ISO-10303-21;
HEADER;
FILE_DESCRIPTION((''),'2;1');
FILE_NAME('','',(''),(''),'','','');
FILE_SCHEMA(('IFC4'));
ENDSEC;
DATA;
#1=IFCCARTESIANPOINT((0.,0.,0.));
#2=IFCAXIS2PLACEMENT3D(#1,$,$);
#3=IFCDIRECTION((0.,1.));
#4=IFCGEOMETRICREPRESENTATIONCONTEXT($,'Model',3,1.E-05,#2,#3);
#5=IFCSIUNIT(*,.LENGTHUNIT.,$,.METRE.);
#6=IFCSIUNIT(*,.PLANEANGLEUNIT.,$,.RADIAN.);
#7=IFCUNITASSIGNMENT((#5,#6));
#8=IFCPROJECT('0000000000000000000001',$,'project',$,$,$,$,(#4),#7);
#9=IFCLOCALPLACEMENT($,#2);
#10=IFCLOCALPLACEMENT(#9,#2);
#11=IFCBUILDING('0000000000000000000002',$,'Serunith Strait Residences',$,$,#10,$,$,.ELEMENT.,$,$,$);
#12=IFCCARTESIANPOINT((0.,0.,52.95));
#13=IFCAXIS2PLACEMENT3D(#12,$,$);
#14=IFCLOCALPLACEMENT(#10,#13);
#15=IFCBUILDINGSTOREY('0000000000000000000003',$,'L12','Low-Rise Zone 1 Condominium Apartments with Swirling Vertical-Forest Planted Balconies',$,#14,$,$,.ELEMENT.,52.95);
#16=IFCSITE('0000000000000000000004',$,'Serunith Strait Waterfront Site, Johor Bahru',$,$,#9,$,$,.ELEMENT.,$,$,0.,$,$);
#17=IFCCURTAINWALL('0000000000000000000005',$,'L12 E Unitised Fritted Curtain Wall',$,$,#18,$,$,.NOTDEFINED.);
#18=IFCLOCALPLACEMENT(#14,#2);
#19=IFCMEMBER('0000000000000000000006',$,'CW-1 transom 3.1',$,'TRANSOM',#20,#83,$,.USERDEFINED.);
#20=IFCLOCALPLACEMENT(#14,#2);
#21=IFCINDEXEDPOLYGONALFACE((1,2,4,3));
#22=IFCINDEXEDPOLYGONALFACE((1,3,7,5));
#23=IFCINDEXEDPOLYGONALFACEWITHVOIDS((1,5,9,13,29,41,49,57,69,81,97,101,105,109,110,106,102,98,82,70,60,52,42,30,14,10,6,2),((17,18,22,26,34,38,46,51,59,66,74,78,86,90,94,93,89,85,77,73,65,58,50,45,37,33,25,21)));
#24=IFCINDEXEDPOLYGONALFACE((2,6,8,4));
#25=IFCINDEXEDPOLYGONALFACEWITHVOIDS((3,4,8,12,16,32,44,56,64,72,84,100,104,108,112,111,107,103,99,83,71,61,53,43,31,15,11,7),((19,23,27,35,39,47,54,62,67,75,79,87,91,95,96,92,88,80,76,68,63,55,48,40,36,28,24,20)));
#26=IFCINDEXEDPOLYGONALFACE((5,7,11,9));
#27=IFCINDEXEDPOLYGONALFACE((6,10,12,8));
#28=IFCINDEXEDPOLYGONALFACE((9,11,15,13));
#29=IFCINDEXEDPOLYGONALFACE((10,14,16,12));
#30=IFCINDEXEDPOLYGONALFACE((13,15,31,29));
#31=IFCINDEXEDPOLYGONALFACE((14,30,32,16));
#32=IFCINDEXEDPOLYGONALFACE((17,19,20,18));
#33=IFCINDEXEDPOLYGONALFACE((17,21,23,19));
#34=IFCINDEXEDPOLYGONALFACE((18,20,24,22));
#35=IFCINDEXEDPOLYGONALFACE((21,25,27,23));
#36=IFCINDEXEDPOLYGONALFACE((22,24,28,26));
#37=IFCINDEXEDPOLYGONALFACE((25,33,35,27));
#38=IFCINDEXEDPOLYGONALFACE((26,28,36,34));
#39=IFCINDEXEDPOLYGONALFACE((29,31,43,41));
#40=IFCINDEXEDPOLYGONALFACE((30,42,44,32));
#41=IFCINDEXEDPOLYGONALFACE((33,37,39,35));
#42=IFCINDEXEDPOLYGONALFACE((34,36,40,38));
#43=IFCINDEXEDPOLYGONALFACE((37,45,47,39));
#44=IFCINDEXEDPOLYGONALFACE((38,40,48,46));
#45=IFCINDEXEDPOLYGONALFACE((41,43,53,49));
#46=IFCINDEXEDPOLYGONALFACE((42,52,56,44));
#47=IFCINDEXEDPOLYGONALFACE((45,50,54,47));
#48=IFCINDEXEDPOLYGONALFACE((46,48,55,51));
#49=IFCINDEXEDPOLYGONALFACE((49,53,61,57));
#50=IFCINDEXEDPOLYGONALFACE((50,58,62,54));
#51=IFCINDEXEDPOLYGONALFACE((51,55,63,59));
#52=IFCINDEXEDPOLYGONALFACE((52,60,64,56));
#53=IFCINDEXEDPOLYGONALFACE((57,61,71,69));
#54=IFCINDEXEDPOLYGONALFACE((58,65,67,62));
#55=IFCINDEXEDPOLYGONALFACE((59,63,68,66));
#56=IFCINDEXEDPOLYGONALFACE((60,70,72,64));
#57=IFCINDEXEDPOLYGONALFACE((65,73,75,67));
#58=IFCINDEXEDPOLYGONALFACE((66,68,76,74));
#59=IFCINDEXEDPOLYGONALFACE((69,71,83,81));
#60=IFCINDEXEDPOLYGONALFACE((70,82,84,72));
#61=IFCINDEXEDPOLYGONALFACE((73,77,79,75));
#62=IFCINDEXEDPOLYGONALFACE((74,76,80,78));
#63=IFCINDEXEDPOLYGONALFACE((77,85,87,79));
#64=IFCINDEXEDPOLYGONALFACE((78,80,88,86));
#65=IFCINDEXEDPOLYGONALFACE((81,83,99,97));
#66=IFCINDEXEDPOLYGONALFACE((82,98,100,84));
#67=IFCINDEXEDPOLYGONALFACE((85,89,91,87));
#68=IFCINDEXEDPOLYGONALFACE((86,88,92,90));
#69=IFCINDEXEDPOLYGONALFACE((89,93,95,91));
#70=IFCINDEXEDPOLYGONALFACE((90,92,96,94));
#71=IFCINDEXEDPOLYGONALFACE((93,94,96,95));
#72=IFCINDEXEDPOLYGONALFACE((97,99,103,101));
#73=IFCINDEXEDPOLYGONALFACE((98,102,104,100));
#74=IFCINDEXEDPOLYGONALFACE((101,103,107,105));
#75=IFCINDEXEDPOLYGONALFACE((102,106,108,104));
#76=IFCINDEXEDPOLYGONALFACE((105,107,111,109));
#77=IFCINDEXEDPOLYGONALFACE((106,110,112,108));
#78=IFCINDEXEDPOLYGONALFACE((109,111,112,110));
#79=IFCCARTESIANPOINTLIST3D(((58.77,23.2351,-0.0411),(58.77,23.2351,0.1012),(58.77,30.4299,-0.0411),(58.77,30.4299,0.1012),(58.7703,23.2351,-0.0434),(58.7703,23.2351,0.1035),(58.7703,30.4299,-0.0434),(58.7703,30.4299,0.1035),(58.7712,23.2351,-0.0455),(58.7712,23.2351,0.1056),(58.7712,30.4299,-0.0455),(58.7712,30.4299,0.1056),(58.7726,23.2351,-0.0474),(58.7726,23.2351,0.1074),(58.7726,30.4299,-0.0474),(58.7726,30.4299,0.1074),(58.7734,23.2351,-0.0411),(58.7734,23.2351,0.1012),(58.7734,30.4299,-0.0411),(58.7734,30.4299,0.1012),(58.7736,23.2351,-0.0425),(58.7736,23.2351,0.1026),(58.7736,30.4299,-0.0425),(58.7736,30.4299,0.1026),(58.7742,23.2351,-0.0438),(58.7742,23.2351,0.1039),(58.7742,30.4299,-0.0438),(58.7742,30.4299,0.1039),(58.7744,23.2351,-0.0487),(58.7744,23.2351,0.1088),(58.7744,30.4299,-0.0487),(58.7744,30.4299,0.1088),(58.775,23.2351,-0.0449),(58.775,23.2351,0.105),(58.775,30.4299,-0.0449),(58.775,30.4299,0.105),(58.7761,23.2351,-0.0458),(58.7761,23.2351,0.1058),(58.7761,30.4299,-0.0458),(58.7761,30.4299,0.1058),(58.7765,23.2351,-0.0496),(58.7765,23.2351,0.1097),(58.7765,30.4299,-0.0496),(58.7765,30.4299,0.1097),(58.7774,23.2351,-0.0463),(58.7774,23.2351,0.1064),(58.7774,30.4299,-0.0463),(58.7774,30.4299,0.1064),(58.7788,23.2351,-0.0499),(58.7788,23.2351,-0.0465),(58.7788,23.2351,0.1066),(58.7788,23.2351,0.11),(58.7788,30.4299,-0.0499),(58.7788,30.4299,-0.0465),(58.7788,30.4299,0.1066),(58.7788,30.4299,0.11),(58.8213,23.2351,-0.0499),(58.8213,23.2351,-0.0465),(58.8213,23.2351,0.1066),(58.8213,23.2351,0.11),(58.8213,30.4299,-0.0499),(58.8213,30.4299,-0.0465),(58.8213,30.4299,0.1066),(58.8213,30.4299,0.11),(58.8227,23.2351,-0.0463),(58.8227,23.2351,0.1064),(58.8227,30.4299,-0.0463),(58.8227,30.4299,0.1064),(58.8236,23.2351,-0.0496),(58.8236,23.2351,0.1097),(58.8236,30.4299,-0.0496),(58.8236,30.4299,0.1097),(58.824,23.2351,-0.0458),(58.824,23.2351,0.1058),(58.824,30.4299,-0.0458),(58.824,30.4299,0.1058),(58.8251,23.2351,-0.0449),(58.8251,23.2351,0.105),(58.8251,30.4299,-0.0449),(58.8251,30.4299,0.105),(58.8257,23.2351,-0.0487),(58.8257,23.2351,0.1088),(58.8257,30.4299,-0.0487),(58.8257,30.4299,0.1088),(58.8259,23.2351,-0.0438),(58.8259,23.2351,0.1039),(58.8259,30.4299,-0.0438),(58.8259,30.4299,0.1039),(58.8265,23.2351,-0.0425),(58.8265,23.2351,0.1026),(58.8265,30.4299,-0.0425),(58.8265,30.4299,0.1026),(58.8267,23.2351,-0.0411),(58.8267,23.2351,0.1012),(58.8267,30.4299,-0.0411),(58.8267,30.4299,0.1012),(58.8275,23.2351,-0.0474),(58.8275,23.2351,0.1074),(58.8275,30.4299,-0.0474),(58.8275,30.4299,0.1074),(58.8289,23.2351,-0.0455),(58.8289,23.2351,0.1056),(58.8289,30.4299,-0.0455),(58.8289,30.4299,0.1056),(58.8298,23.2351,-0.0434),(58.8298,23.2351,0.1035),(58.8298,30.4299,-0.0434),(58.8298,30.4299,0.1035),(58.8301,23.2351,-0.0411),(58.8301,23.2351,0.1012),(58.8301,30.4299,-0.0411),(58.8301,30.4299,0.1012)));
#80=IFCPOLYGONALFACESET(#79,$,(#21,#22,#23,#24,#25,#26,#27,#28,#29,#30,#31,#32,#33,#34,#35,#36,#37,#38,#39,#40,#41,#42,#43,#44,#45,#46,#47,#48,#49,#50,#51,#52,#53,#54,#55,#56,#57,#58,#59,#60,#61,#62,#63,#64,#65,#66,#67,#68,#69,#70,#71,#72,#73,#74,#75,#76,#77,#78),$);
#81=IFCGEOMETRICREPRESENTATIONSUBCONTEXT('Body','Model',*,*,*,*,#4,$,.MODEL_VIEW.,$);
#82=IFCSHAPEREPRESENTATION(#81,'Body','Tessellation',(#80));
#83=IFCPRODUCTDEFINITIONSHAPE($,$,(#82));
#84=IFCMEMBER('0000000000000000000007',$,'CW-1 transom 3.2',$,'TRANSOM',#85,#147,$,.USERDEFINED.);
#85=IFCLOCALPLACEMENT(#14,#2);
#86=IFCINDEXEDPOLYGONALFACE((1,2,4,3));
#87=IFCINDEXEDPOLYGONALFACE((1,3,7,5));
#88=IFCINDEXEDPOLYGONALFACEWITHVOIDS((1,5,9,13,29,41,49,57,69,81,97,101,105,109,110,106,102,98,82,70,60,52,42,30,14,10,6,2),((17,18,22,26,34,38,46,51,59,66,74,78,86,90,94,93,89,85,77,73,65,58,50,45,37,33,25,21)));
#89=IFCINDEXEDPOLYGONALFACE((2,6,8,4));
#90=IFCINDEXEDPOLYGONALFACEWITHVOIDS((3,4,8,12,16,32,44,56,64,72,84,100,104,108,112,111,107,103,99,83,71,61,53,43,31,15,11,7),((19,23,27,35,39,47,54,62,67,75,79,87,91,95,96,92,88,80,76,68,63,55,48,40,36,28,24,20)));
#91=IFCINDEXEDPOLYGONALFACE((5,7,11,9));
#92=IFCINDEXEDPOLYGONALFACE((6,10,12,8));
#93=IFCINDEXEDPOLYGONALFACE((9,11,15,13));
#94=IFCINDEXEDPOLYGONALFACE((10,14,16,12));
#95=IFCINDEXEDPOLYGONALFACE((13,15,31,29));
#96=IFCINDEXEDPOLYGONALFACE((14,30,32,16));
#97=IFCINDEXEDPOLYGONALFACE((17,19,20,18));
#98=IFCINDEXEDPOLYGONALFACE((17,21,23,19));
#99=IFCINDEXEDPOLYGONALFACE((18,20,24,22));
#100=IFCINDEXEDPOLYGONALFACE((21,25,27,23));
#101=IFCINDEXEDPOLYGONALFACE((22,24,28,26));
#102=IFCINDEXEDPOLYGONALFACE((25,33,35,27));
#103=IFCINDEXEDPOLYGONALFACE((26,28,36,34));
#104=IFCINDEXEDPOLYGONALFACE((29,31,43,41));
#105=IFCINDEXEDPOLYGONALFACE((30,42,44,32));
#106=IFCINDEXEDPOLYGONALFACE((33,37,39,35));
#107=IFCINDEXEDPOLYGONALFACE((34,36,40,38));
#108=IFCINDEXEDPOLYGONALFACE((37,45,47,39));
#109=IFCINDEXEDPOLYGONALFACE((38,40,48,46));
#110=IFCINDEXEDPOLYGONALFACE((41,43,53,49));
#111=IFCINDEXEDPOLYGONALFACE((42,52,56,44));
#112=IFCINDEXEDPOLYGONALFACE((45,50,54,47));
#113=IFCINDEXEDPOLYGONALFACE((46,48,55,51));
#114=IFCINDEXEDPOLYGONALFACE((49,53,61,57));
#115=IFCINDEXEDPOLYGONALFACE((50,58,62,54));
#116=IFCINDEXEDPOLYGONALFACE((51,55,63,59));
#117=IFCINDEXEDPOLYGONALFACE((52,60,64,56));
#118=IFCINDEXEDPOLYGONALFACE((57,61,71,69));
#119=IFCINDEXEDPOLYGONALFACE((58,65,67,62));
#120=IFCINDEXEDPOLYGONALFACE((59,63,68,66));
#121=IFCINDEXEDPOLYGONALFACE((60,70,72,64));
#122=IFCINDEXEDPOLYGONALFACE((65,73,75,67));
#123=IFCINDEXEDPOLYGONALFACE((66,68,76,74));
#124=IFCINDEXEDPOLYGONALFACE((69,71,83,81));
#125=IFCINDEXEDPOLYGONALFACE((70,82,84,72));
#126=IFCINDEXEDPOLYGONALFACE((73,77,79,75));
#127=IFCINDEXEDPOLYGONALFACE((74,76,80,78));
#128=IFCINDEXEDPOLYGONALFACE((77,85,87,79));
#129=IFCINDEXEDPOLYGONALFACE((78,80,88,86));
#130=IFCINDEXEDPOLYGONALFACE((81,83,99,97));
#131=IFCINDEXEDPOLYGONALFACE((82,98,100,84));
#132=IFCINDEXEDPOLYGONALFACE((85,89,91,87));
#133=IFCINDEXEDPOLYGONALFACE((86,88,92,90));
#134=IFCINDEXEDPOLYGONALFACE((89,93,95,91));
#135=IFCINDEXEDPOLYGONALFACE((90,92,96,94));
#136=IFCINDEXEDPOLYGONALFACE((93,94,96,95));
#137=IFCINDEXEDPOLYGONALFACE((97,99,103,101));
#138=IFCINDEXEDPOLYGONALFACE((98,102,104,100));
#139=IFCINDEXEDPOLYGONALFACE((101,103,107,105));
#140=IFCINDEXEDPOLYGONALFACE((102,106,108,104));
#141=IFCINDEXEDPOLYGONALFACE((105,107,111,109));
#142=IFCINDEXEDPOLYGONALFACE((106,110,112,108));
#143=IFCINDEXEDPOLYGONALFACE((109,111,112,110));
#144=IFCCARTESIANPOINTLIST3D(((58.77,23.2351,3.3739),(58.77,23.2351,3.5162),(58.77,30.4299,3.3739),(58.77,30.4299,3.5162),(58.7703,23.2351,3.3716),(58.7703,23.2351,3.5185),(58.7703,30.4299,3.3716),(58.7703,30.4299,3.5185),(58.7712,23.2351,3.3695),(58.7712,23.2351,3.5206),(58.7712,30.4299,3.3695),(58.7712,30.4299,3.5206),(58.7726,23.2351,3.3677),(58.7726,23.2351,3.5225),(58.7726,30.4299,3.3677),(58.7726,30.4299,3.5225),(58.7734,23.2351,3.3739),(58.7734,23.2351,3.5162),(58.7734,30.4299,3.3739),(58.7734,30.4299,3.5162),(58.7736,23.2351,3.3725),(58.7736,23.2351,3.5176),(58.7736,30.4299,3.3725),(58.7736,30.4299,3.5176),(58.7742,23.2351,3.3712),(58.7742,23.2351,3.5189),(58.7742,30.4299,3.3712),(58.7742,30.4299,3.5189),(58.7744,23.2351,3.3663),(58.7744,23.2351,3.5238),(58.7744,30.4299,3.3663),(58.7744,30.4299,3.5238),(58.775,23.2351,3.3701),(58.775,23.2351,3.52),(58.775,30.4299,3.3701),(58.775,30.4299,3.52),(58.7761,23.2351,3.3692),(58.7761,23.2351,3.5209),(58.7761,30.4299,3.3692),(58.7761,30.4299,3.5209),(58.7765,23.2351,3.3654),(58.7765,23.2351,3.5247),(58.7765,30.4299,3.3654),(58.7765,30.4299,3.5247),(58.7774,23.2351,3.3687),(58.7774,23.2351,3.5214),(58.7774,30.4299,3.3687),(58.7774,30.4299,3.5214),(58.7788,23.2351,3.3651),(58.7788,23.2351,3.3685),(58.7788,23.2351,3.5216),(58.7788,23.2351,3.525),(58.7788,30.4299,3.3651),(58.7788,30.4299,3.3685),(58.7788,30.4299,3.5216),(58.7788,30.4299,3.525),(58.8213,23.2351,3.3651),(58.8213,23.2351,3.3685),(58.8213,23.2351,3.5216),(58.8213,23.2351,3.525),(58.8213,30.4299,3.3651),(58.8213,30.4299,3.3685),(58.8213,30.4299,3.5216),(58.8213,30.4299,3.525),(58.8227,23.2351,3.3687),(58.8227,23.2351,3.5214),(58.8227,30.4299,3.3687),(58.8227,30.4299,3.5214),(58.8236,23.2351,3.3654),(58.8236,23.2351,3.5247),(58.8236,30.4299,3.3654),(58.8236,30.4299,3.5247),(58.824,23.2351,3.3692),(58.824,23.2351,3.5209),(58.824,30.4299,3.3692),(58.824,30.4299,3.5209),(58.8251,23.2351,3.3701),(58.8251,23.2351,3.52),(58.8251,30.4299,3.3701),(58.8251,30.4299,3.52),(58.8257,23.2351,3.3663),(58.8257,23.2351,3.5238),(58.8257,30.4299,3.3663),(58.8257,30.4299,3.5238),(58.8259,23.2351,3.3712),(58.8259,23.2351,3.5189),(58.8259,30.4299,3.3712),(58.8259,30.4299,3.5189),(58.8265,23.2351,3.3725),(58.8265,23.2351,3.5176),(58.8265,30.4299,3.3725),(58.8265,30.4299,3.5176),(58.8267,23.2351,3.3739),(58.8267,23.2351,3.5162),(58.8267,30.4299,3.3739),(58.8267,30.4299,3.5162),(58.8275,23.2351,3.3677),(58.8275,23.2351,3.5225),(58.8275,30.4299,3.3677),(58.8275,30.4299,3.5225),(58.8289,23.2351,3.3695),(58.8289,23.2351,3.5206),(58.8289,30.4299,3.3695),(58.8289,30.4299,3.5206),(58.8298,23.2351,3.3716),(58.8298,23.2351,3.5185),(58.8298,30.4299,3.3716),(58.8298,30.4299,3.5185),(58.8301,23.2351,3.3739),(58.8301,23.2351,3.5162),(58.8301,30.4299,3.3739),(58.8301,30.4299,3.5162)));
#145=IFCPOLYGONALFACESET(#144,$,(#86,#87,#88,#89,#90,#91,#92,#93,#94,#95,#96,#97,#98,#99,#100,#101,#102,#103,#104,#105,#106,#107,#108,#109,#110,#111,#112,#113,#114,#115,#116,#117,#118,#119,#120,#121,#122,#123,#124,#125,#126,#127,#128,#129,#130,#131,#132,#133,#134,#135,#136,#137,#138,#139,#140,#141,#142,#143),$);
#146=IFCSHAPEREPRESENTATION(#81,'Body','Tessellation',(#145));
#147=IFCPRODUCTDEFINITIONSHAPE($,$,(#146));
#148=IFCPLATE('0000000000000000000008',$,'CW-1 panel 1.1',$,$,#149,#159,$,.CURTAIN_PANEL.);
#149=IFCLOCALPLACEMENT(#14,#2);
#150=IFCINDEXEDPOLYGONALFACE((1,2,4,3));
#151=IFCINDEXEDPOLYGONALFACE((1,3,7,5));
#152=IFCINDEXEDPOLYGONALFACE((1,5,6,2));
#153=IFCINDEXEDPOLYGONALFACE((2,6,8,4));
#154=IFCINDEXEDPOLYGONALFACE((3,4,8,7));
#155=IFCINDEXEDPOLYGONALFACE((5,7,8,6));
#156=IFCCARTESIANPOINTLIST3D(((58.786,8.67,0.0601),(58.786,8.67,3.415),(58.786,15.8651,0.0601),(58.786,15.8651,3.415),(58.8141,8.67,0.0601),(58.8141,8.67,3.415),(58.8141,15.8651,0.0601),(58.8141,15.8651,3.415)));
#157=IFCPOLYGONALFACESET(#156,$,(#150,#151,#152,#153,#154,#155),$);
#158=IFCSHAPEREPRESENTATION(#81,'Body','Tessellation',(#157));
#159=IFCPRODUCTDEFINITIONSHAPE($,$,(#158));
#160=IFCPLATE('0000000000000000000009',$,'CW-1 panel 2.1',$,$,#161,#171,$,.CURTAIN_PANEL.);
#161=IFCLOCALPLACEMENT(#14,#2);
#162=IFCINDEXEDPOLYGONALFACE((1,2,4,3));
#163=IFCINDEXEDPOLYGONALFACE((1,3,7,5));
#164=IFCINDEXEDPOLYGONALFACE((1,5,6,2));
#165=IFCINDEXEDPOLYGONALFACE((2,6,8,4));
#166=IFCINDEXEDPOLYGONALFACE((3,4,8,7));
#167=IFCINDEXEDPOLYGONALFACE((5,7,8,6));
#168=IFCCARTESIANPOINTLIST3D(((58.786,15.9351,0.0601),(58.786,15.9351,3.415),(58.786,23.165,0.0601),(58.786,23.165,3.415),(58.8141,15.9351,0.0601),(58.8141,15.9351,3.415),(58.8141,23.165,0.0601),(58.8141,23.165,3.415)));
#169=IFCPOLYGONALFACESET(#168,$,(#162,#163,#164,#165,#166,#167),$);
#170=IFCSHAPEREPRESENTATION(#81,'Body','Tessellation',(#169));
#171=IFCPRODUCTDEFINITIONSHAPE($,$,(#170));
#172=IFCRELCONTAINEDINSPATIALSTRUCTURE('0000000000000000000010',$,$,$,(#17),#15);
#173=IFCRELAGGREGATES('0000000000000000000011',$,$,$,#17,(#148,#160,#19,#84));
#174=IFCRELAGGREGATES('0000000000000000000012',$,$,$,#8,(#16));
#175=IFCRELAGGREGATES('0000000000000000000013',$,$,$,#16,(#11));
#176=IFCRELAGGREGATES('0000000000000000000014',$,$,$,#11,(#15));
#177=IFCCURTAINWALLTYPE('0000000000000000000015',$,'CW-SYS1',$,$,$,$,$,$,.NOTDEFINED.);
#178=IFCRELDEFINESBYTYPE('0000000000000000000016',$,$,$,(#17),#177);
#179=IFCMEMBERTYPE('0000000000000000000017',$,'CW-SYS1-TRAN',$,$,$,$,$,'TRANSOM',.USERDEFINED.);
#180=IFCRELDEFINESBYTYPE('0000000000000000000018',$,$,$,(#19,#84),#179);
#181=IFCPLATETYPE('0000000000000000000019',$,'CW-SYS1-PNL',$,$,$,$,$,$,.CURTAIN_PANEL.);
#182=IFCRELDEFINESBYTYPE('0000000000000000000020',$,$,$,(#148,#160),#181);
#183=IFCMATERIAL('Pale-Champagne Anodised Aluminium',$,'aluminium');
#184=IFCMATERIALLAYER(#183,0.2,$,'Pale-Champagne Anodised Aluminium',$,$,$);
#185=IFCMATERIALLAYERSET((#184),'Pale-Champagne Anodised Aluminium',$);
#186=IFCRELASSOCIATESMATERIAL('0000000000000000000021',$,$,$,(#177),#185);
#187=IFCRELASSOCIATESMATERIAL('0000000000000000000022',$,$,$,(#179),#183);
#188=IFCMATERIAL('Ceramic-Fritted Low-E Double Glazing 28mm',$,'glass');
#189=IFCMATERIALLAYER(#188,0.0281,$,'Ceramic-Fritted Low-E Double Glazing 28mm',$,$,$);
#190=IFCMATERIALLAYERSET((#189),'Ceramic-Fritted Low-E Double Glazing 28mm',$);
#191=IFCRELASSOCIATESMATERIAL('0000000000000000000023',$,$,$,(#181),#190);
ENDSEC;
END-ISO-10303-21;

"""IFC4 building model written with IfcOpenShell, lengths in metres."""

from ifc_helpers import new_model, si_unit, direction, frame, origin, origin_2d, place, context, subcontext, project, spatial, rectangle, hollow_rectangle, extrude, source, transform, mapped, material, layer, layer_set, material_profile, profile_set, type_object, element, aggregate, save


model = new_model("IFC4")

# Units and contexts
model_context = context("Model", 3, precision=1e-05, world=origin(), true_north=direction((0.0, 1.0)))
body_context = subcontext(model_context, "Body", "Model", "MODEL_VIEW")
ifc_project = project(units=[si_unit("LENGTHUNIT", "METRE"), si_unit("PLANEANGLEUNIT", "RADIAN")], contexts=[model_context])

# Site, building, storey
site_placement = place(None, origin())
site = spatial("IfcSite", under=ifc_project, at=site_placement, Name="Serunith Strait Waterfront Site, Johor Bahru", CompositionType="ELEMENT", RefElevation=0.0)
building_placement = place(site_placement, origin())
building = spatial("IfcBuilding", under=site, at=building_placement, Name="Serunith Strait Residences", CompositionType="ELEMENT")
storey_placement = place(building_placement, frame((0.0, 0.0, 52.95)))
storey = spatial("IfcBuildingStorey", under=building, at=storey_placement, Name="L12", Description="Low-Rise Zone 1 Condominium Apartments with Swirling Vertical-Forest Planted Balconies", CompositionType="ELEMENT", Elevation=52.95)

# Curtain wall, members, plates
ifc_material_1 = material(Name="Pale-Champagne Anodised Aluminium", Category="aluminium")
ifc_layer_1 = layer(ifc_material_1, 0.2, Name="Pale-Champagne Anodised Aluminium")
ifc_layer_set_1 = layer_set([ifc_layer_1], Name="Pale-Champagne Anodised Aluminium")
curtain_wall_type = type_object("IfcCurtainWallType", Name="CW-SYS1", PredefinedType="NOTDEFINED", material=ifc_layer_set_1)
curtain_wall_placement = place(storey_placement, origin())
curtain_wall = element("IfcCurtainWall", 1, at=curtain_wall_placement, inside=storey, type_object=curtain_wall_type, Name="L12 E Unitised Fritted Curtain Wall", PredefinedType="NOTDEFINED")
ifc_material_profile_1 = material_profile(ifc_material_1, hollow_rectangle(XDim=0.0601, YDim=0.1599, WallThickness=0.0034, InnerFilletRadius=0.0054, OuterFilletRadius=0.0088, at=origin_2d()), Name="ALU 160x60x3.5")
ifc_profile_set_1 = profile_set([ifc_material_profile_1], Name="Pale-Champagne Anodised Aluminium")
member_type_1 = type_object("IfcMemberType", Name="CW-SYS1-TRAN", ElementType="TRANSOM", PredefinedType="USERDEFINED", material=ifc_profile_set_1)
shared_shape_1 = source(origin(), body_context, "Body", "SweptSolid", [
    extrude(hollow_rectangle(XDim=0.0601, YDim=0.1599, WallThickness=0.0034, InnerFilletRadius=0.0054, OuterFilletRadius=0.0088, at=origin_2d()), origin(), (0.0, 0.0, 1.0), 7.1948),
])
member_1_placement = place(storey_placement, frame((58.8, 23.2351, 0.03), z_axis=(0.0, 1.0, 0.0), x_axis=(-1.0, 0.0, 0.0)))
member_1 = element("IfcMember", 2, at=member_1_placement, type_object=member_type_1, Name="CW-1 transom 3.1", ObjectType="TRANSOM", PredefinedType="USERDEFINED", context=body_context, shape_type="MappedRepresentation", body=[
    mapped(shared_shape_1, transform((0.0, 0.0, 0.0), scale=1.0)),
])
member_2_placement = place(storey_placement, frame((58.8, 23.2351, 3.4451), z_axis=(0.0, 1.0, 0.0), x_axis=(-1.0, 0.0, 0.0)))
member_2 = element("IfcMember", 3, at=member_2_placement, type_object=member_type_1, Name="CW-1 transom 3.2", ObjectType="TRANSOM", PredefinedType="USERDEFINED", context=body_context, shape_type="MappedRepresentation", body=[
    mapped(shared_shape_1, transform((0.0, 0.0, 0.0), scale=1.0)),
])
ifc_material_2 = material(Name="Ceramic-Fritted Low-E Double Glazing 28mm", Category="glass")
ifc_layer_2 = layer(ifc_material_2, 0.0281, Name="Ceramic-Fritted Low-E Double Glazing 28mm")
ifc_layer_set_2 = layer_set([ifc_layer_2], Name="Ceramic-Fritted Low-E Double Glazing 28mm")
plate_type = type_object("IfcPlateType", Name="CW-SYS1-PNL", PredefinedType="CURTAIN_PANEL", material=ifc_layer_set_2)
shared_shape_2 = source(origin(), body_context, "Body", "SweptSolid", [
    extrude(rectangle(XDim=7.1951, YDim=0.0281, at=origin_2d()), origin(), (0.0, 0.0, 1.0), 3.355),
])
plate_1_placement = place(storey_placement, frame((58.8, 12.2676, 0.0601), z_axis=(0.0, 0.0, 1.0), x_axis=(0.0, 1.0, 0.0)))
plate_1 = element("IfcPlate", 4, at=plate_1_placement, type_object=plate_type, Name="CW-1 panel 1.1", PredefinedType="CURTAIN_PANEL", context=body_context, shape_type="MappedRepresentation", body=[
    mapped(shared_shape_2, transform((0.0, 0.0, 0.0), scale=1.0)),
])
shared_shape_3 = source(origin(), body_context, "Body", "SweptSolid", [
    extrude(rectangle(XDim=7.23, YDim=0.0281, at=origin_2d()), origin(), (0.0, 0.0, 1.0), 3.355),
])
plate_2_placement = place(storey_placement, frame((58.8, 19.55, 0.0601), z_axis=(0.0, 0.0, 1.0), x_axis=(0.0, 1.0, 0.0)))
plate_2 = element("IfcPlate", 5, at=plate_2_placement, type_object=plate_type, Name="CW-1 panel 2.1", PredefinedType="CURTAIN_PANEL", context=body_context, shape_type="MappedRepresentation", body=[
    mapped(shared_shape_3, transform((0.0, 0.0, 0.0), scale=1.0)),
])
aggregate(curtain_wall, [plate_1, plate_2, member_1, member_2])

save(model, "model.ifc")
